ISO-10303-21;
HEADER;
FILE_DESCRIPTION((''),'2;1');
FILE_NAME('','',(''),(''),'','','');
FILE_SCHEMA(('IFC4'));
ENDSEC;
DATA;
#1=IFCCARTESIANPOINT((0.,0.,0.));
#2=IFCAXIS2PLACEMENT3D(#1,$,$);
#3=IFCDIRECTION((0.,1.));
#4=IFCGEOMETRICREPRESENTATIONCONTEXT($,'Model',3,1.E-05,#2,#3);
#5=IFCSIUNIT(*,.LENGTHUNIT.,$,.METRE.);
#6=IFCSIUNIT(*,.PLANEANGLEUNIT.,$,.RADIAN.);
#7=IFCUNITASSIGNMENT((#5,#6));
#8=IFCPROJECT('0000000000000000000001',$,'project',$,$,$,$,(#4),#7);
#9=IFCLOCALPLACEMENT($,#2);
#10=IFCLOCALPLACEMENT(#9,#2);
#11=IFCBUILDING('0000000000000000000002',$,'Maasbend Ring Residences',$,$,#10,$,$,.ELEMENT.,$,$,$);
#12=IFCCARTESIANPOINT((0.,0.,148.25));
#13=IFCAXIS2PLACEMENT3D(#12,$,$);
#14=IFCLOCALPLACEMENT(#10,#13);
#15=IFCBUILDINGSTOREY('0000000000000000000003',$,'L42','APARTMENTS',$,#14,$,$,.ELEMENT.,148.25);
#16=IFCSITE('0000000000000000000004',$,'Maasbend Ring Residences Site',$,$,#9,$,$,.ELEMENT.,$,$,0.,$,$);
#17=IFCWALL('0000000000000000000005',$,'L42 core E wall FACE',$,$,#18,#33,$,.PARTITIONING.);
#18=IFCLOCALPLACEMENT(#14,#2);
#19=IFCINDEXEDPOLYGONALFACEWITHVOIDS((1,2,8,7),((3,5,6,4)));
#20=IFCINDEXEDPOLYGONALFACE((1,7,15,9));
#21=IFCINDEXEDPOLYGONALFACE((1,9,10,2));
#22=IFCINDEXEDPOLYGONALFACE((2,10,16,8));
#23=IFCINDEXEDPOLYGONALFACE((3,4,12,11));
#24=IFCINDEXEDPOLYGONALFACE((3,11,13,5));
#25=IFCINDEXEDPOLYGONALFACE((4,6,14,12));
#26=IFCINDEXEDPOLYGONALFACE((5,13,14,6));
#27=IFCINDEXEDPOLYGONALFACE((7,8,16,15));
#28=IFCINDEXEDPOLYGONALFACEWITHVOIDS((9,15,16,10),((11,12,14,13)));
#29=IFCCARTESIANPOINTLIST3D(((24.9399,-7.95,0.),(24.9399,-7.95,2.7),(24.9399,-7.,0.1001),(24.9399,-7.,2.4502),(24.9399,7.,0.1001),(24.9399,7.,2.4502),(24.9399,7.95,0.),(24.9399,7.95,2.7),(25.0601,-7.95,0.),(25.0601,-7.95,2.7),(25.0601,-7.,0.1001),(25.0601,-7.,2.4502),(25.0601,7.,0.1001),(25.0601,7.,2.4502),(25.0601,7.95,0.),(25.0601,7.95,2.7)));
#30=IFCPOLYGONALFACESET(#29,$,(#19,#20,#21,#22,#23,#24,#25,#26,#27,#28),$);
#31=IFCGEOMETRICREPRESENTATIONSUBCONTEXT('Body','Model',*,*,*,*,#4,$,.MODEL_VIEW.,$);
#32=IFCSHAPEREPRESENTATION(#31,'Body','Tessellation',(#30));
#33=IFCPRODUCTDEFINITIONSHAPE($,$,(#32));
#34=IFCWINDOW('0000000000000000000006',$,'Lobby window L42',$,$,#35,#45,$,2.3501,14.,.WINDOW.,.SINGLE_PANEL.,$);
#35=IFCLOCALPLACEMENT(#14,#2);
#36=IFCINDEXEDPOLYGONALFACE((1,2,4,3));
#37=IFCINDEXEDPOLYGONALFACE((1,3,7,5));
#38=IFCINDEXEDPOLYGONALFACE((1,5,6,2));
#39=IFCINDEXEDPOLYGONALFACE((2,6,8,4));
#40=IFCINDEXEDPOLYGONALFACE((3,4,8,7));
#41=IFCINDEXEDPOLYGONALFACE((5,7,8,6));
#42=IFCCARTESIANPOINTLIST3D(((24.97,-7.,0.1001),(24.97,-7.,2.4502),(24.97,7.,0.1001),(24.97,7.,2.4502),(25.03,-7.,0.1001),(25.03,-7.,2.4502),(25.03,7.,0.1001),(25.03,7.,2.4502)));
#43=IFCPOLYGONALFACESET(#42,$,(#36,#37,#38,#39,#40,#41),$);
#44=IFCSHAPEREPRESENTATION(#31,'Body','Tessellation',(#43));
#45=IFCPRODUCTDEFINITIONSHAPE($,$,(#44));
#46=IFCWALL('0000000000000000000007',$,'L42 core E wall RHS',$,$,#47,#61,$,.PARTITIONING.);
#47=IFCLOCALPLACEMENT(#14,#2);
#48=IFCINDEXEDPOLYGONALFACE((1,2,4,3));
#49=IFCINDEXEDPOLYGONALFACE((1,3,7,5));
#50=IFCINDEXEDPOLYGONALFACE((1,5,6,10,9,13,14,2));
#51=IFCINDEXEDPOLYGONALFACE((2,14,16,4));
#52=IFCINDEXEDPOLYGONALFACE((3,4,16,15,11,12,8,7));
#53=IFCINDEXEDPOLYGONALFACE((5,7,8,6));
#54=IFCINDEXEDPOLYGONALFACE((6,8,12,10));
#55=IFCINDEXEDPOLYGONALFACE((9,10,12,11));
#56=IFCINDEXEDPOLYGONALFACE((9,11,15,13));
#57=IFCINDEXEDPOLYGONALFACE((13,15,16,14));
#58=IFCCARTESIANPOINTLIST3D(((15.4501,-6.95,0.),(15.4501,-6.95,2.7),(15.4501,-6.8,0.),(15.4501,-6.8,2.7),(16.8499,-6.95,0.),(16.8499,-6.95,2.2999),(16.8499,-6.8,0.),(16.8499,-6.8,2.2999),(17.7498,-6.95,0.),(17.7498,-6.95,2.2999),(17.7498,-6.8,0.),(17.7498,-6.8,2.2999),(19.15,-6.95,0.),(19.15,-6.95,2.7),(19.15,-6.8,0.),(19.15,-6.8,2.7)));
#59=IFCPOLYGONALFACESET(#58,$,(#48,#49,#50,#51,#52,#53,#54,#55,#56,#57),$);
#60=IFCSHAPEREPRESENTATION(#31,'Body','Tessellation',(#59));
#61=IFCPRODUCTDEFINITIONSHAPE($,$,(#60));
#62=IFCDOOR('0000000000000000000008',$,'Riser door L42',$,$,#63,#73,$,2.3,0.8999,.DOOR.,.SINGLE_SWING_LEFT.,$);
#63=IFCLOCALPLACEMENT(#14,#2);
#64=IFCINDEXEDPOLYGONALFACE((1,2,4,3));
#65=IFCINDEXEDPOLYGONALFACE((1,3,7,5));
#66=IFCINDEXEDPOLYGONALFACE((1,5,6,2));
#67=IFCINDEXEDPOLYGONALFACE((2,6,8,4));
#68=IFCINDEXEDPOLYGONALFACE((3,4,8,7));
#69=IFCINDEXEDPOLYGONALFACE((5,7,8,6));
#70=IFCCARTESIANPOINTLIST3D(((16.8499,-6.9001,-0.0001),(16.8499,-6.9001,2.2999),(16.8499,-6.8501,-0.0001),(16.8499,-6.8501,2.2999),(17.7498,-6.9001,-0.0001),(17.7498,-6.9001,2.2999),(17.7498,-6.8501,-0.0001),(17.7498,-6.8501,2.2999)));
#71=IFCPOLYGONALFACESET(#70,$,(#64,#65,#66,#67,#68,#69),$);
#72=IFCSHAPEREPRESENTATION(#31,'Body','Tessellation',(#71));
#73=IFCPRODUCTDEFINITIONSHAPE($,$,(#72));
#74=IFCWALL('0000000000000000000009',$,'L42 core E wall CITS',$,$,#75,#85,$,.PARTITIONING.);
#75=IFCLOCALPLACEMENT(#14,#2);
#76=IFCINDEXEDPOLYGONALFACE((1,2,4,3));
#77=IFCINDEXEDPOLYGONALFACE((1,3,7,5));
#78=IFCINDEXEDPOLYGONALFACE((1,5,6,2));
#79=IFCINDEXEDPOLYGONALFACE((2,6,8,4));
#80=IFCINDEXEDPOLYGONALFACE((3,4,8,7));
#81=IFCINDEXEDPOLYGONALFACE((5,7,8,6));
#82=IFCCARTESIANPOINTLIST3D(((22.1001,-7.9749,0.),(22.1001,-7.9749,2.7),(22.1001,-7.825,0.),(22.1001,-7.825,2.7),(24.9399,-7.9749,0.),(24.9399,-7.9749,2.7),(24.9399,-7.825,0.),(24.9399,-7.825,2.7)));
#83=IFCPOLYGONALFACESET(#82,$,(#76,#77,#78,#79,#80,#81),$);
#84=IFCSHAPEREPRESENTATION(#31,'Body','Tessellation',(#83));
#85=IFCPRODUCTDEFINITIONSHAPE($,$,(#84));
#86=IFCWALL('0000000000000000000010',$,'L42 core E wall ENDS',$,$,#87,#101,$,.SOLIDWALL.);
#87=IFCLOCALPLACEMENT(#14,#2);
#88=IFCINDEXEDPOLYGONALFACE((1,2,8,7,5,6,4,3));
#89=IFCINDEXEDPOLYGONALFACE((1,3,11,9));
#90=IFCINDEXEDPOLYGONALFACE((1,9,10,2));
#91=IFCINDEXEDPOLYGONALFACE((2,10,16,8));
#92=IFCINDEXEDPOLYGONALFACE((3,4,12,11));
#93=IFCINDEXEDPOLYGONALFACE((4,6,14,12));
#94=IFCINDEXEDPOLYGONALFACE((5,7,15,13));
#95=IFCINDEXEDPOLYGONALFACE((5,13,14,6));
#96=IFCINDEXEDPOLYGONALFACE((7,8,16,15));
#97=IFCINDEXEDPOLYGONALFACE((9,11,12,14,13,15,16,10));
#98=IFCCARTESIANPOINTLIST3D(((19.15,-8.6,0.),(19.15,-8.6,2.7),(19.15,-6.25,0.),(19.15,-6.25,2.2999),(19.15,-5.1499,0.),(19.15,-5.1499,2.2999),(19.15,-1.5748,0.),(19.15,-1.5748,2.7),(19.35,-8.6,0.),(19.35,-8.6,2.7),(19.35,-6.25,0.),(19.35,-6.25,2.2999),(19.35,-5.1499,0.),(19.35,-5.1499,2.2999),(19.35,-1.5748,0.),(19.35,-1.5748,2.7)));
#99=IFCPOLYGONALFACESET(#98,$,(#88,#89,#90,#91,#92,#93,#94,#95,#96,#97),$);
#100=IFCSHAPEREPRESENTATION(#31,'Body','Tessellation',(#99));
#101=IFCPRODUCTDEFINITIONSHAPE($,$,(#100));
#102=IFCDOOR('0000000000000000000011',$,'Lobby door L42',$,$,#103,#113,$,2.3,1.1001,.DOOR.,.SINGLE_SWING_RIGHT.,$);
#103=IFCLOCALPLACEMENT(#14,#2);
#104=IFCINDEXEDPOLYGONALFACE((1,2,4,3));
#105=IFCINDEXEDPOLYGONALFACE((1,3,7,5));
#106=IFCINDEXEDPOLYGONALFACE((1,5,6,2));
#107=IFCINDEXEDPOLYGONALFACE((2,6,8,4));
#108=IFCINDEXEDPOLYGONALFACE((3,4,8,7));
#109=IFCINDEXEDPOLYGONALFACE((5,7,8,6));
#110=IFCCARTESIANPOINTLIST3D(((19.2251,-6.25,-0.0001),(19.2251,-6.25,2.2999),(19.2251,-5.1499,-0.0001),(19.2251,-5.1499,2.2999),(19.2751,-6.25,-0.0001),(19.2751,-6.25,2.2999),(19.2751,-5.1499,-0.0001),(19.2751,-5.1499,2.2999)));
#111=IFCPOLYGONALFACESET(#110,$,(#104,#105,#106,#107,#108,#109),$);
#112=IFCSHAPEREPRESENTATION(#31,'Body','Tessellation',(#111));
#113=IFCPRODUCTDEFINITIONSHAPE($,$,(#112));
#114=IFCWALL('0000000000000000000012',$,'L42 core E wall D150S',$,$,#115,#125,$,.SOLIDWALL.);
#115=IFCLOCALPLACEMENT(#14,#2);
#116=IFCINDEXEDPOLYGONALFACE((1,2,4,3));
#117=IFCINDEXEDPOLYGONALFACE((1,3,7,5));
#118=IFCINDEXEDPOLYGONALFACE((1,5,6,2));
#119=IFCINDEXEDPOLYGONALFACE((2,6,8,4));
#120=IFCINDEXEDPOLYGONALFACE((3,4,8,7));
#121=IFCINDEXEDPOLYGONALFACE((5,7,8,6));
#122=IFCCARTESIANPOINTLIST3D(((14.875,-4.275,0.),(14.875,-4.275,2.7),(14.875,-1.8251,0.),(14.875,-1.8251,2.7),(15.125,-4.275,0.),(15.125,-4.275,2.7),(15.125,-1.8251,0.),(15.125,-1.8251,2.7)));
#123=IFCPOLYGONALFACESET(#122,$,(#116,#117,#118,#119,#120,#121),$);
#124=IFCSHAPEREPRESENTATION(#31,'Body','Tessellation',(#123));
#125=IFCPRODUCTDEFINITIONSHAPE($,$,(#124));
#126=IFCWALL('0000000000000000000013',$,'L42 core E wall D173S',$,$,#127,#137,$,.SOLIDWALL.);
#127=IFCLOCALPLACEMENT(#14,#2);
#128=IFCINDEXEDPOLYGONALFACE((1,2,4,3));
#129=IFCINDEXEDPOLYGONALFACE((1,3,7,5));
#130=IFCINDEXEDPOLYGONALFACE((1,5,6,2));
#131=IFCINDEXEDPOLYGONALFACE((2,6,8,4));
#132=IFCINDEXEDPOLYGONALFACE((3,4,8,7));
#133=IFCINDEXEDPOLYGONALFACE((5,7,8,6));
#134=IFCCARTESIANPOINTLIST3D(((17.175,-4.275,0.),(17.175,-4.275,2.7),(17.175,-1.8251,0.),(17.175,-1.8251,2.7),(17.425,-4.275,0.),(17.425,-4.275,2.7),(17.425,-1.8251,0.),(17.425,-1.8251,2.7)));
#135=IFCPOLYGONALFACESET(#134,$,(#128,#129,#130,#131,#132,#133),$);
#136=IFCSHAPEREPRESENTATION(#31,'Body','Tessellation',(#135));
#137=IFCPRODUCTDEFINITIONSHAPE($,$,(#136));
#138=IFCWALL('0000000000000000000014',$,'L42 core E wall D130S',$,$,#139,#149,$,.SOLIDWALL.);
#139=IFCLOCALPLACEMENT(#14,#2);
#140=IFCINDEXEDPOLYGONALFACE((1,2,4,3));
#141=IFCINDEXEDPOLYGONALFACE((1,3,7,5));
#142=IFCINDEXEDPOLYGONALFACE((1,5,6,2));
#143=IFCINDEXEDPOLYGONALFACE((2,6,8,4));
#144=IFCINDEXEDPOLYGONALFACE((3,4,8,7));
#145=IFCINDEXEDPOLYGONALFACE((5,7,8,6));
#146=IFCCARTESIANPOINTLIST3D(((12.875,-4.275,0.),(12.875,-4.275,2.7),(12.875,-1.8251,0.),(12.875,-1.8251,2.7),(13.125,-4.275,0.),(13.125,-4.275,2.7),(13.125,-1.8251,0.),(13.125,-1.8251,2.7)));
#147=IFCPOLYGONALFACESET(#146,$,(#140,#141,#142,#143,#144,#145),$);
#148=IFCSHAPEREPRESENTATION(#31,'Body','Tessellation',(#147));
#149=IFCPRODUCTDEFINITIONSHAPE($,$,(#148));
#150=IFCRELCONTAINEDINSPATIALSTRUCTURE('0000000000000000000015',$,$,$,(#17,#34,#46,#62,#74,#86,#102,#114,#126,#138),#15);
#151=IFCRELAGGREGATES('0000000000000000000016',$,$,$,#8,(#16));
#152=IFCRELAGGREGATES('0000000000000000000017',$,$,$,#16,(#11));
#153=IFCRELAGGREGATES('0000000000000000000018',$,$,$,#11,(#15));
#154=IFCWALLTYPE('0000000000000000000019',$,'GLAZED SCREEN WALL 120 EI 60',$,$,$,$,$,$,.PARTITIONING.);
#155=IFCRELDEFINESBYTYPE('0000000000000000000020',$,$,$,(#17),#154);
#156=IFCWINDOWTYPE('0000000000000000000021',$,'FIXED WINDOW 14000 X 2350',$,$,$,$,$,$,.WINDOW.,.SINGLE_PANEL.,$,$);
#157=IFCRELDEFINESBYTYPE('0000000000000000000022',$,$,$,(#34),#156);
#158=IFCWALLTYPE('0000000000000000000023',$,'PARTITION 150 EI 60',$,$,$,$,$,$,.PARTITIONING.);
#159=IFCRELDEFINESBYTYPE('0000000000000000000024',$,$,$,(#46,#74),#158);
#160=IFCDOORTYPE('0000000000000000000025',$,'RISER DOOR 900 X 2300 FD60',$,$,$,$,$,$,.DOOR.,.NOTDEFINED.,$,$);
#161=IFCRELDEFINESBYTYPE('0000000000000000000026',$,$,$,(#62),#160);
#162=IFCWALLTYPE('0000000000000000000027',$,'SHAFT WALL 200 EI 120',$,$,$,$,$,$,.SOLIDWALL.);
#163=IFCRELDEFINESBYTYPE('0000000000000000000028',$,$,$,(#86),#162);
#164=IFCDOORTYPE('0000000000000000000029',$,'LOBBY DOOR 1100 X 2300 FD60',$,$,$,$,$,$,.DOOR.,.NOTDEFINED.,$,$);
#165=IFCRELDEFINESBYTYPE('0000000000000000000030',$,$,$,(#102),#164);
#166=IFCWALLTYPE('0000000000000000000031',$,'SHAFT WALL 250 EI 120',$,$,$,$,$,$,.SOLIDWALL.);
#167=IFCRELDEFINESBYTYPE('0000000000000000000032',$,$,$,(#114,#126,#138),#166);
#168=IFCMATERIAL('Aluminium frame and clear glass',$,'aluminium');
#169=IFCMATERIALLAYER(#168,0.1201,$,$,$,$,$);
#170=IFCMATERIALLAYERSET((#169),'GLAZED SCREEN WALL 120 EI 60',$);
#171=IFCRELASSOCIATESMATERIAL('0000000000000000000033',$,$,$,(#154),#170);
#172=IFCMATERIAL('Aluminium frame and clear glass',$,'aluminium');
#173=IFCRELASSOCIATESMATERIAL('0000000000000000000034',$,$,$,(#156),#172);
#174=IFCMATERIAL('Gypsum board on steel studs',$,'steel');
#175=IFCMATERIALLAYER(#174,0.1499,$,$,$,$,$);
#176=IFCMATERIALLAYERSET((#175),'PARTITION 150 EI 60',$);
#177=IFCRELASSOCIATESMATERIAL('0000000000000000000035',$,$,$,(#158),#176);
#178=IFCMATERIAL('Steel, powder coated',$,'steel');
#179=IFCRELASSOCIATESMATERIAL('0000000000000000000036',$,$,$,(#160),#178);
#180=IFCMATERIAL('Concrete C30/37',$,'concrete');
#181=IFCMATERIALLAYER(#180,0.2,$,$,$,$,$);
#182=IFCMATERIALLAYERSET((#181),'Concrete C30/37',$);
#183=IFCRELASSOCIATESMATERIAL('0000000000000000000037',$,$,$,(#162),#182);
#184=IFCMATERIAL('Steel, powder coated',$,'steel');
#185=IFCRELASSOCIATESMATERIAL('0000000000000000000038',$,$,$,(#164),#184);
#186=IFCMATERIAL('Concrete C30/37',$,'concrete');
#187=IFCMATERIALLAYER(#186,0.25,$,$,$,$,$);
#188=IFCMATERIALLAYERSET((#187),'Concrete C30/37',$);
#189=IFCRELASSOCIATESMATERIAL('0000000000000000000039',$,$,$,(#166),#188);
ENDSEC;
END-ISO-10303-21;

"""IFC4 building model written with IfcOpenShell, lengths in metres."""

from ifc_helpers import new_model, si_unit, direction, frame, frame_2d, origin, place, context, subcontext, project, spatial, rectangle, extrude, material, layer, layer_set, type_object, element, fill, save


model = new_model("IFC4")

# Units and contexts
model_context = context("Model", 3, precision=1e-05, world=origin(), true_north=direction((0.0, 1.0)))
body_context = subcontext(model_context, "Body", "Model", "MODEL_VIEW")
ifc_project = project(units=[si_unit("LENGTHUNIT", "METRE"), si_unit("PLANEANGLEUNIT", "RADIAN")], contexts=[model_context])

# Site, building, storey
site_placement = place(None, origin())
site = spatial("IfcSite", under=ifc_project, at=site_placement, Name="Maasbend Ring Residences Site", CompositionType="ELEMENT", RefElevation=0.0)
building_placement = place(site_placement, origin())
building = spatial("IfcBuilding", under=site, at=building_placement, Name="Maasbend Ring Residences", CompositionType="ELEMENT")
storey_placement = place(building_placement, frame((0.0, 0.0, 148.25)))
storey = spatial("IfcBuildingStorey", under=building, at=storey_placement, Name="L42", Description="APARTMENTS", CompositionType="ELEMENT", Elevation=148.25)

# Wall, opening, window
ifc_material_1 = material(Name="Aluminium frame and clear glass", Category="aluminium")
ifc_layer_1 = layer(ifc_material_1, 0.1201)
ifc_layer_set_1 = layer_set([ifc_layer_1], Name="GLAZED SCREEN WALL 120 EI 60")
wall_type_1 = type_object("IfcWallType", Name="GLAZED SCREEN WALL 120 EI 60", PredefinedType="PARTITIONING", material=ifc_layer_set_1)
wall_1_placement = place(storey_placement, frame((25.0, -7.95, 0.0), z_axis=(0.0, 0.0, 1.0), x_axis=(0.0, 1.0, 0.0)))
wall_1 = element("IfcWall", 1, at=wall_1_placement, inside=storey, type_object=wall_type_1, Name="L42 core E wall FACE", PredefinedType="PARTITIONING", context=body_context, shape_type="SweptSolid", body=[
    extrude(rectangle(XDim=15.8999, YDim=0.1201, at=frame_2d((7.95, 0.0))), origin(), (0.0, 0.0, 1.0), 2.7),
])
opening_1_placement = place(wall_1_placement, frame((0.95, 0.0, 0.1001)))
opening_1 = element("IfcOpeningElement", 2, at=opening_1_placement, cuts=wall_1, PredefinedType="OPENING", context=body_context, shape_type="SweptSolid", body=[
    extrude(rectangle(XDim=14.0, YDim=2.3501, at=frame_2d((7.0, 1.175))), frame((0.0, 0.0701, 0.0), z_axis=(0.0, -1.0, 0.0), x_axis=(1.0, 0.0, 0.0)), (0.0, 0.0, 1.0), 0.1401),
])
ifc_material_2 = material(Name="Aluminium frame and clear glass", Category="aluminium")
window_type = type_object("IfcWindowType", Name="FIXED WINDOW 14000 X 2350", PartitioningType="SINGLE_PANEL", PredefinedType="WINDOW", material=ifc_material_2)
window_placement = place(opening_1_placement, origin())
window = element("IfcWindow", 3, at=window_placement, inside=storey, type_object=window_type, Name="Lobby window L42", OverallHeight=2.3501, OverallWidth=14.0, PartitioningType="SINGLE_PANEL", PredefinedType="WINDOW", context=body_context, shape_type="SweptSolid", body=[
    extrude(rectangle(XDim=14.0, YDim=2.3501, at=frame_2d((7.0, 1.175))), frame((0.0, 0.03, 0.0), z_axis=(0.0, -1.0, 0.0), x_axis=(1.0, 0.0, 0.0)), (0.0, 0.0, 1.0), 0.0601),
])
fill(opening_1, window)

# Wall, opening, door
ifc_material_3 = material(Name="Gypsum board on steel studs", Category="steel")
ifc_layer_2 = layer(ifc_material_3, 0.1499)
ifc_layer_set_2 = layer_set([ifc_layer_2], Name="PARTITION 150 EI 60")
wall_type_2 = type_object("IfcWallType", Name="PARTITION 150 EI 60", PredefinedType="PARTITIONING", material=ifc_layer_set_2)
wall_2_placement = place(storey_placement, frame((15.45, -6.875, 0.0), z_axis=(0.0, 0.0, 1.0), x_axis=(1.0, 0.0, 0.0)))
wall_2 = element("IfcWall", 4, at=wall_2_placement, inside=storey, type_object=wall_type_2, Name="L42 core E wall RHS", PredefinedType="PARTITIONING", context=body_context, shape_type="SweptSolid", body=[
    extrude(rectangle(XDim=3.7, YDim=0.1499, at=frame_2d((1.8501, 0.0))), origin(), (0.0, 0.0, 1.0), 2.7),
])
opening_2_placement = place(wall_2_placement, frame((1.3999, 0.0, 0.0)))
opening_2 = element("IfcOpeningElement", 5, at=opening_2_placement, cuts=wall_2, PredefinedType="OPENING", context=body_context, shape_type="SweptSolid", body=[
    extrude(rectangle(XDim=0.8999, YDim=2.3, at=frame_2d((0.45, 1.1499))), frame((0.0, 0.085, 0.0), z_axis=(0.0, -1.0, 0.0), x_axis=(1.0, 0.0, 0.0)), (0.0, 0.0, 1.0), 0.1699),
])
ifc_material_4 = material(Name="Steel, powder coated", Category="steel")
door_type_1 = type_object("IfcDoorType", Name="RISER DOOR 900 X 2300 FD60", OperationType="NOTDEFINED", PredefinedType="DOOR", material=ifc_material_4)
door_1_placement = place(opening_2_placement, origin())
door_1 = element("IfcDoor", 6, at=door_1_placement, inside=storey, type_object=door_type_1, Name="Riser door L42", OperationType="SINGLE_SWING_LEFT", OverallHeight=2.3, OverallWidth=0.8999, PredefinedType="DOOR", context=body_context, shape_type="SweptSolid", body=[
    extrude(rectangle(XDim=0.8999, YDim=2.3, at=frame_2d((0.45, 1.1499))), frame((0.0, 0.0249, 0.0), z_axis=(0.0, -1.0, 0.0), x_axis=(1.0, 0.0, 0.0)), (0.0, 0.0, 1.0), 0.05),
])
fill(opening_2, door_1)

# Wall
wall_3_placement = place(storey_placement, frame((22.1001, -7.8999, 0.0), z_axis=(0.0, 0.0, 1.0), x_axis=(1.0, 0.0, 0.0)))
element("IfcWall", 7, at=wall_3_placement, inside=storey, type_object=wall_type_2, Name="L42 core E wall CITS", PredefinedType="PARTITIONING", context=body_context, shape_type="SweptSolid", body=[
    extrude(rectangle(XDim=2.8398, YDim=0.1499, at=frame_2d((1.4199, 0.0))), origin(), (0.0, 0.0, 1.0), 2.7),
])

# Wall, opening, door
ifc_material_5 = material(Name="Concrete C30/37", Category="concrete")
ifc_layer_3 = layer(ifc_material_5, 0.2)
ifc_layer_set_3 = layer_set([ifc_layer_3], Name="Concrete C30/37")
wall_type_3 = type_object("IfcWallType", Name="SHAFT WALL 200 EI 120", PredefinedType="SOLIDWALL", material=ifc_layer_set_3)
wall_4_placement = place(storey_placement, frame((19.25, -8.6001, 0.0), z_axis=(0.0, 0.0, 1.0), x_axis=(0.0, 1.0, 0.0)))
wall_4 = element("IfcWall", 8, at=wall_4_placement, inside=storey, type_object=wall_type_3, Name="L42 core E wall ENDS", PredefinedType="SOLIDWALL", context=body_context, shape_type="SweptSolid", body=[
    extrude(rectangle(XDim=7.0251, YDim=0.2, at=frame_2d((3.5127, 0.0))), origin(), (0.0, 0.0, 1.0), 2.7),
])
opening_3_placement = place(wall_4_placement, frame((2.3501, 0.0, 0.0)))
opening_3 = element("IfcOpeningElement", 9, at=opening_3_placement, cuts=wall_4, PredefinedType="OPENING", context=body_context, shape_type="SweptSolid", body=[
    extrude(rectangle(XDim=1.1001, YDim=2.3, at=frame_2d((0.55, 1.1499))), frame((0.0, 0.1099, 0.0), z_axis=(0.0, -1.0, 0.0), x_axis=(1.0, 0.0, 0.0)), (0.0, 0.0, 1.0), 0.22),
])
ifc_material_6 = material(Name="Steel, powder coated", Category="steel")
door_type_2 = type_object("IfcDoorType", Name="LOBBY DOOR 1100 X 2300 FD60", OperationType="NOTDEFINED", PredefinedType="DOOR", material=ifc_material_6)
door_2_placement = place(opening_3_placement, origin())
door_2 = element("IfcDoor", 10, at=door_2_placement, inside=storey, type_object=door_type_2, Name="Lobby door L42", OperationType="SINGLE_SWING_RIGHT", OverallHeight=2.3, OverallWidth=1.1001, PredefinedType="DOOR", context=body_context, shape_type="SweptSolid", body=[
    extrude(rectangle(XDim=1.1001, YDim=2.3, at=frame_2d((0.55, 1.1499))), frame((0.0, 0.0249, 0.0), z_axis=(0.0, -1.0, 0.0), x_axis=(1.0, 0.0, 0.0)), (0.0, 0.0, 1.0), 0.05),
])
fill(opening_3, door_2)

# Walls
ifc_material_7 = material(Name="Concrete C30/37", Category="concrete")
ifc_layer_4 = layer(ifc_material_7, 0.25)
ifc_layer_set_4 = layer_set([ifc_layer_4], Name="Concrete C30/37")
wall_type_4 = type_object("IfcWallType", Name="SHAFT WALL 250 EI 120", PredefinedType="SOLIDWALL", material=ifc_layer_set_4)
for number, where, z_axis, x_axis, name in (
    (11, (15.0, -1.825, 0.0), (0.0, 0.0, 1.0), (0.0, -1.0, 0.0), "L42 core E wall D150S"),
    (12, (17.3, -1.825, 0.0), (0.0, 0.0, 1.0), (0.0, -1.0, 0.0), "L42 core E wall D173S"),
    (13, (13.0, -1.825, 0.0), (0.0, 0.0, 1.0), (0.0, -1.0, 0.0), "L42 core E wall D130S"),
):
    element("IfcWall", number, at=place(storey_placement, frame(where, z_axis=z_axis, x_axis=x_axis)), inside=storey, type_object=wall_type_4, Name=name, PredefinedType="SOLIDWALL", context=body_context, shape_type="SweptSolid", body=[
        extrude(rectangle(XDim=2.45, YDim=0.25, at=frame_2d((1.2251, 0.0))), origin(), (0.0, 0.0, 1.0), 2.7),
    ])

save(model, "model.ifc")
